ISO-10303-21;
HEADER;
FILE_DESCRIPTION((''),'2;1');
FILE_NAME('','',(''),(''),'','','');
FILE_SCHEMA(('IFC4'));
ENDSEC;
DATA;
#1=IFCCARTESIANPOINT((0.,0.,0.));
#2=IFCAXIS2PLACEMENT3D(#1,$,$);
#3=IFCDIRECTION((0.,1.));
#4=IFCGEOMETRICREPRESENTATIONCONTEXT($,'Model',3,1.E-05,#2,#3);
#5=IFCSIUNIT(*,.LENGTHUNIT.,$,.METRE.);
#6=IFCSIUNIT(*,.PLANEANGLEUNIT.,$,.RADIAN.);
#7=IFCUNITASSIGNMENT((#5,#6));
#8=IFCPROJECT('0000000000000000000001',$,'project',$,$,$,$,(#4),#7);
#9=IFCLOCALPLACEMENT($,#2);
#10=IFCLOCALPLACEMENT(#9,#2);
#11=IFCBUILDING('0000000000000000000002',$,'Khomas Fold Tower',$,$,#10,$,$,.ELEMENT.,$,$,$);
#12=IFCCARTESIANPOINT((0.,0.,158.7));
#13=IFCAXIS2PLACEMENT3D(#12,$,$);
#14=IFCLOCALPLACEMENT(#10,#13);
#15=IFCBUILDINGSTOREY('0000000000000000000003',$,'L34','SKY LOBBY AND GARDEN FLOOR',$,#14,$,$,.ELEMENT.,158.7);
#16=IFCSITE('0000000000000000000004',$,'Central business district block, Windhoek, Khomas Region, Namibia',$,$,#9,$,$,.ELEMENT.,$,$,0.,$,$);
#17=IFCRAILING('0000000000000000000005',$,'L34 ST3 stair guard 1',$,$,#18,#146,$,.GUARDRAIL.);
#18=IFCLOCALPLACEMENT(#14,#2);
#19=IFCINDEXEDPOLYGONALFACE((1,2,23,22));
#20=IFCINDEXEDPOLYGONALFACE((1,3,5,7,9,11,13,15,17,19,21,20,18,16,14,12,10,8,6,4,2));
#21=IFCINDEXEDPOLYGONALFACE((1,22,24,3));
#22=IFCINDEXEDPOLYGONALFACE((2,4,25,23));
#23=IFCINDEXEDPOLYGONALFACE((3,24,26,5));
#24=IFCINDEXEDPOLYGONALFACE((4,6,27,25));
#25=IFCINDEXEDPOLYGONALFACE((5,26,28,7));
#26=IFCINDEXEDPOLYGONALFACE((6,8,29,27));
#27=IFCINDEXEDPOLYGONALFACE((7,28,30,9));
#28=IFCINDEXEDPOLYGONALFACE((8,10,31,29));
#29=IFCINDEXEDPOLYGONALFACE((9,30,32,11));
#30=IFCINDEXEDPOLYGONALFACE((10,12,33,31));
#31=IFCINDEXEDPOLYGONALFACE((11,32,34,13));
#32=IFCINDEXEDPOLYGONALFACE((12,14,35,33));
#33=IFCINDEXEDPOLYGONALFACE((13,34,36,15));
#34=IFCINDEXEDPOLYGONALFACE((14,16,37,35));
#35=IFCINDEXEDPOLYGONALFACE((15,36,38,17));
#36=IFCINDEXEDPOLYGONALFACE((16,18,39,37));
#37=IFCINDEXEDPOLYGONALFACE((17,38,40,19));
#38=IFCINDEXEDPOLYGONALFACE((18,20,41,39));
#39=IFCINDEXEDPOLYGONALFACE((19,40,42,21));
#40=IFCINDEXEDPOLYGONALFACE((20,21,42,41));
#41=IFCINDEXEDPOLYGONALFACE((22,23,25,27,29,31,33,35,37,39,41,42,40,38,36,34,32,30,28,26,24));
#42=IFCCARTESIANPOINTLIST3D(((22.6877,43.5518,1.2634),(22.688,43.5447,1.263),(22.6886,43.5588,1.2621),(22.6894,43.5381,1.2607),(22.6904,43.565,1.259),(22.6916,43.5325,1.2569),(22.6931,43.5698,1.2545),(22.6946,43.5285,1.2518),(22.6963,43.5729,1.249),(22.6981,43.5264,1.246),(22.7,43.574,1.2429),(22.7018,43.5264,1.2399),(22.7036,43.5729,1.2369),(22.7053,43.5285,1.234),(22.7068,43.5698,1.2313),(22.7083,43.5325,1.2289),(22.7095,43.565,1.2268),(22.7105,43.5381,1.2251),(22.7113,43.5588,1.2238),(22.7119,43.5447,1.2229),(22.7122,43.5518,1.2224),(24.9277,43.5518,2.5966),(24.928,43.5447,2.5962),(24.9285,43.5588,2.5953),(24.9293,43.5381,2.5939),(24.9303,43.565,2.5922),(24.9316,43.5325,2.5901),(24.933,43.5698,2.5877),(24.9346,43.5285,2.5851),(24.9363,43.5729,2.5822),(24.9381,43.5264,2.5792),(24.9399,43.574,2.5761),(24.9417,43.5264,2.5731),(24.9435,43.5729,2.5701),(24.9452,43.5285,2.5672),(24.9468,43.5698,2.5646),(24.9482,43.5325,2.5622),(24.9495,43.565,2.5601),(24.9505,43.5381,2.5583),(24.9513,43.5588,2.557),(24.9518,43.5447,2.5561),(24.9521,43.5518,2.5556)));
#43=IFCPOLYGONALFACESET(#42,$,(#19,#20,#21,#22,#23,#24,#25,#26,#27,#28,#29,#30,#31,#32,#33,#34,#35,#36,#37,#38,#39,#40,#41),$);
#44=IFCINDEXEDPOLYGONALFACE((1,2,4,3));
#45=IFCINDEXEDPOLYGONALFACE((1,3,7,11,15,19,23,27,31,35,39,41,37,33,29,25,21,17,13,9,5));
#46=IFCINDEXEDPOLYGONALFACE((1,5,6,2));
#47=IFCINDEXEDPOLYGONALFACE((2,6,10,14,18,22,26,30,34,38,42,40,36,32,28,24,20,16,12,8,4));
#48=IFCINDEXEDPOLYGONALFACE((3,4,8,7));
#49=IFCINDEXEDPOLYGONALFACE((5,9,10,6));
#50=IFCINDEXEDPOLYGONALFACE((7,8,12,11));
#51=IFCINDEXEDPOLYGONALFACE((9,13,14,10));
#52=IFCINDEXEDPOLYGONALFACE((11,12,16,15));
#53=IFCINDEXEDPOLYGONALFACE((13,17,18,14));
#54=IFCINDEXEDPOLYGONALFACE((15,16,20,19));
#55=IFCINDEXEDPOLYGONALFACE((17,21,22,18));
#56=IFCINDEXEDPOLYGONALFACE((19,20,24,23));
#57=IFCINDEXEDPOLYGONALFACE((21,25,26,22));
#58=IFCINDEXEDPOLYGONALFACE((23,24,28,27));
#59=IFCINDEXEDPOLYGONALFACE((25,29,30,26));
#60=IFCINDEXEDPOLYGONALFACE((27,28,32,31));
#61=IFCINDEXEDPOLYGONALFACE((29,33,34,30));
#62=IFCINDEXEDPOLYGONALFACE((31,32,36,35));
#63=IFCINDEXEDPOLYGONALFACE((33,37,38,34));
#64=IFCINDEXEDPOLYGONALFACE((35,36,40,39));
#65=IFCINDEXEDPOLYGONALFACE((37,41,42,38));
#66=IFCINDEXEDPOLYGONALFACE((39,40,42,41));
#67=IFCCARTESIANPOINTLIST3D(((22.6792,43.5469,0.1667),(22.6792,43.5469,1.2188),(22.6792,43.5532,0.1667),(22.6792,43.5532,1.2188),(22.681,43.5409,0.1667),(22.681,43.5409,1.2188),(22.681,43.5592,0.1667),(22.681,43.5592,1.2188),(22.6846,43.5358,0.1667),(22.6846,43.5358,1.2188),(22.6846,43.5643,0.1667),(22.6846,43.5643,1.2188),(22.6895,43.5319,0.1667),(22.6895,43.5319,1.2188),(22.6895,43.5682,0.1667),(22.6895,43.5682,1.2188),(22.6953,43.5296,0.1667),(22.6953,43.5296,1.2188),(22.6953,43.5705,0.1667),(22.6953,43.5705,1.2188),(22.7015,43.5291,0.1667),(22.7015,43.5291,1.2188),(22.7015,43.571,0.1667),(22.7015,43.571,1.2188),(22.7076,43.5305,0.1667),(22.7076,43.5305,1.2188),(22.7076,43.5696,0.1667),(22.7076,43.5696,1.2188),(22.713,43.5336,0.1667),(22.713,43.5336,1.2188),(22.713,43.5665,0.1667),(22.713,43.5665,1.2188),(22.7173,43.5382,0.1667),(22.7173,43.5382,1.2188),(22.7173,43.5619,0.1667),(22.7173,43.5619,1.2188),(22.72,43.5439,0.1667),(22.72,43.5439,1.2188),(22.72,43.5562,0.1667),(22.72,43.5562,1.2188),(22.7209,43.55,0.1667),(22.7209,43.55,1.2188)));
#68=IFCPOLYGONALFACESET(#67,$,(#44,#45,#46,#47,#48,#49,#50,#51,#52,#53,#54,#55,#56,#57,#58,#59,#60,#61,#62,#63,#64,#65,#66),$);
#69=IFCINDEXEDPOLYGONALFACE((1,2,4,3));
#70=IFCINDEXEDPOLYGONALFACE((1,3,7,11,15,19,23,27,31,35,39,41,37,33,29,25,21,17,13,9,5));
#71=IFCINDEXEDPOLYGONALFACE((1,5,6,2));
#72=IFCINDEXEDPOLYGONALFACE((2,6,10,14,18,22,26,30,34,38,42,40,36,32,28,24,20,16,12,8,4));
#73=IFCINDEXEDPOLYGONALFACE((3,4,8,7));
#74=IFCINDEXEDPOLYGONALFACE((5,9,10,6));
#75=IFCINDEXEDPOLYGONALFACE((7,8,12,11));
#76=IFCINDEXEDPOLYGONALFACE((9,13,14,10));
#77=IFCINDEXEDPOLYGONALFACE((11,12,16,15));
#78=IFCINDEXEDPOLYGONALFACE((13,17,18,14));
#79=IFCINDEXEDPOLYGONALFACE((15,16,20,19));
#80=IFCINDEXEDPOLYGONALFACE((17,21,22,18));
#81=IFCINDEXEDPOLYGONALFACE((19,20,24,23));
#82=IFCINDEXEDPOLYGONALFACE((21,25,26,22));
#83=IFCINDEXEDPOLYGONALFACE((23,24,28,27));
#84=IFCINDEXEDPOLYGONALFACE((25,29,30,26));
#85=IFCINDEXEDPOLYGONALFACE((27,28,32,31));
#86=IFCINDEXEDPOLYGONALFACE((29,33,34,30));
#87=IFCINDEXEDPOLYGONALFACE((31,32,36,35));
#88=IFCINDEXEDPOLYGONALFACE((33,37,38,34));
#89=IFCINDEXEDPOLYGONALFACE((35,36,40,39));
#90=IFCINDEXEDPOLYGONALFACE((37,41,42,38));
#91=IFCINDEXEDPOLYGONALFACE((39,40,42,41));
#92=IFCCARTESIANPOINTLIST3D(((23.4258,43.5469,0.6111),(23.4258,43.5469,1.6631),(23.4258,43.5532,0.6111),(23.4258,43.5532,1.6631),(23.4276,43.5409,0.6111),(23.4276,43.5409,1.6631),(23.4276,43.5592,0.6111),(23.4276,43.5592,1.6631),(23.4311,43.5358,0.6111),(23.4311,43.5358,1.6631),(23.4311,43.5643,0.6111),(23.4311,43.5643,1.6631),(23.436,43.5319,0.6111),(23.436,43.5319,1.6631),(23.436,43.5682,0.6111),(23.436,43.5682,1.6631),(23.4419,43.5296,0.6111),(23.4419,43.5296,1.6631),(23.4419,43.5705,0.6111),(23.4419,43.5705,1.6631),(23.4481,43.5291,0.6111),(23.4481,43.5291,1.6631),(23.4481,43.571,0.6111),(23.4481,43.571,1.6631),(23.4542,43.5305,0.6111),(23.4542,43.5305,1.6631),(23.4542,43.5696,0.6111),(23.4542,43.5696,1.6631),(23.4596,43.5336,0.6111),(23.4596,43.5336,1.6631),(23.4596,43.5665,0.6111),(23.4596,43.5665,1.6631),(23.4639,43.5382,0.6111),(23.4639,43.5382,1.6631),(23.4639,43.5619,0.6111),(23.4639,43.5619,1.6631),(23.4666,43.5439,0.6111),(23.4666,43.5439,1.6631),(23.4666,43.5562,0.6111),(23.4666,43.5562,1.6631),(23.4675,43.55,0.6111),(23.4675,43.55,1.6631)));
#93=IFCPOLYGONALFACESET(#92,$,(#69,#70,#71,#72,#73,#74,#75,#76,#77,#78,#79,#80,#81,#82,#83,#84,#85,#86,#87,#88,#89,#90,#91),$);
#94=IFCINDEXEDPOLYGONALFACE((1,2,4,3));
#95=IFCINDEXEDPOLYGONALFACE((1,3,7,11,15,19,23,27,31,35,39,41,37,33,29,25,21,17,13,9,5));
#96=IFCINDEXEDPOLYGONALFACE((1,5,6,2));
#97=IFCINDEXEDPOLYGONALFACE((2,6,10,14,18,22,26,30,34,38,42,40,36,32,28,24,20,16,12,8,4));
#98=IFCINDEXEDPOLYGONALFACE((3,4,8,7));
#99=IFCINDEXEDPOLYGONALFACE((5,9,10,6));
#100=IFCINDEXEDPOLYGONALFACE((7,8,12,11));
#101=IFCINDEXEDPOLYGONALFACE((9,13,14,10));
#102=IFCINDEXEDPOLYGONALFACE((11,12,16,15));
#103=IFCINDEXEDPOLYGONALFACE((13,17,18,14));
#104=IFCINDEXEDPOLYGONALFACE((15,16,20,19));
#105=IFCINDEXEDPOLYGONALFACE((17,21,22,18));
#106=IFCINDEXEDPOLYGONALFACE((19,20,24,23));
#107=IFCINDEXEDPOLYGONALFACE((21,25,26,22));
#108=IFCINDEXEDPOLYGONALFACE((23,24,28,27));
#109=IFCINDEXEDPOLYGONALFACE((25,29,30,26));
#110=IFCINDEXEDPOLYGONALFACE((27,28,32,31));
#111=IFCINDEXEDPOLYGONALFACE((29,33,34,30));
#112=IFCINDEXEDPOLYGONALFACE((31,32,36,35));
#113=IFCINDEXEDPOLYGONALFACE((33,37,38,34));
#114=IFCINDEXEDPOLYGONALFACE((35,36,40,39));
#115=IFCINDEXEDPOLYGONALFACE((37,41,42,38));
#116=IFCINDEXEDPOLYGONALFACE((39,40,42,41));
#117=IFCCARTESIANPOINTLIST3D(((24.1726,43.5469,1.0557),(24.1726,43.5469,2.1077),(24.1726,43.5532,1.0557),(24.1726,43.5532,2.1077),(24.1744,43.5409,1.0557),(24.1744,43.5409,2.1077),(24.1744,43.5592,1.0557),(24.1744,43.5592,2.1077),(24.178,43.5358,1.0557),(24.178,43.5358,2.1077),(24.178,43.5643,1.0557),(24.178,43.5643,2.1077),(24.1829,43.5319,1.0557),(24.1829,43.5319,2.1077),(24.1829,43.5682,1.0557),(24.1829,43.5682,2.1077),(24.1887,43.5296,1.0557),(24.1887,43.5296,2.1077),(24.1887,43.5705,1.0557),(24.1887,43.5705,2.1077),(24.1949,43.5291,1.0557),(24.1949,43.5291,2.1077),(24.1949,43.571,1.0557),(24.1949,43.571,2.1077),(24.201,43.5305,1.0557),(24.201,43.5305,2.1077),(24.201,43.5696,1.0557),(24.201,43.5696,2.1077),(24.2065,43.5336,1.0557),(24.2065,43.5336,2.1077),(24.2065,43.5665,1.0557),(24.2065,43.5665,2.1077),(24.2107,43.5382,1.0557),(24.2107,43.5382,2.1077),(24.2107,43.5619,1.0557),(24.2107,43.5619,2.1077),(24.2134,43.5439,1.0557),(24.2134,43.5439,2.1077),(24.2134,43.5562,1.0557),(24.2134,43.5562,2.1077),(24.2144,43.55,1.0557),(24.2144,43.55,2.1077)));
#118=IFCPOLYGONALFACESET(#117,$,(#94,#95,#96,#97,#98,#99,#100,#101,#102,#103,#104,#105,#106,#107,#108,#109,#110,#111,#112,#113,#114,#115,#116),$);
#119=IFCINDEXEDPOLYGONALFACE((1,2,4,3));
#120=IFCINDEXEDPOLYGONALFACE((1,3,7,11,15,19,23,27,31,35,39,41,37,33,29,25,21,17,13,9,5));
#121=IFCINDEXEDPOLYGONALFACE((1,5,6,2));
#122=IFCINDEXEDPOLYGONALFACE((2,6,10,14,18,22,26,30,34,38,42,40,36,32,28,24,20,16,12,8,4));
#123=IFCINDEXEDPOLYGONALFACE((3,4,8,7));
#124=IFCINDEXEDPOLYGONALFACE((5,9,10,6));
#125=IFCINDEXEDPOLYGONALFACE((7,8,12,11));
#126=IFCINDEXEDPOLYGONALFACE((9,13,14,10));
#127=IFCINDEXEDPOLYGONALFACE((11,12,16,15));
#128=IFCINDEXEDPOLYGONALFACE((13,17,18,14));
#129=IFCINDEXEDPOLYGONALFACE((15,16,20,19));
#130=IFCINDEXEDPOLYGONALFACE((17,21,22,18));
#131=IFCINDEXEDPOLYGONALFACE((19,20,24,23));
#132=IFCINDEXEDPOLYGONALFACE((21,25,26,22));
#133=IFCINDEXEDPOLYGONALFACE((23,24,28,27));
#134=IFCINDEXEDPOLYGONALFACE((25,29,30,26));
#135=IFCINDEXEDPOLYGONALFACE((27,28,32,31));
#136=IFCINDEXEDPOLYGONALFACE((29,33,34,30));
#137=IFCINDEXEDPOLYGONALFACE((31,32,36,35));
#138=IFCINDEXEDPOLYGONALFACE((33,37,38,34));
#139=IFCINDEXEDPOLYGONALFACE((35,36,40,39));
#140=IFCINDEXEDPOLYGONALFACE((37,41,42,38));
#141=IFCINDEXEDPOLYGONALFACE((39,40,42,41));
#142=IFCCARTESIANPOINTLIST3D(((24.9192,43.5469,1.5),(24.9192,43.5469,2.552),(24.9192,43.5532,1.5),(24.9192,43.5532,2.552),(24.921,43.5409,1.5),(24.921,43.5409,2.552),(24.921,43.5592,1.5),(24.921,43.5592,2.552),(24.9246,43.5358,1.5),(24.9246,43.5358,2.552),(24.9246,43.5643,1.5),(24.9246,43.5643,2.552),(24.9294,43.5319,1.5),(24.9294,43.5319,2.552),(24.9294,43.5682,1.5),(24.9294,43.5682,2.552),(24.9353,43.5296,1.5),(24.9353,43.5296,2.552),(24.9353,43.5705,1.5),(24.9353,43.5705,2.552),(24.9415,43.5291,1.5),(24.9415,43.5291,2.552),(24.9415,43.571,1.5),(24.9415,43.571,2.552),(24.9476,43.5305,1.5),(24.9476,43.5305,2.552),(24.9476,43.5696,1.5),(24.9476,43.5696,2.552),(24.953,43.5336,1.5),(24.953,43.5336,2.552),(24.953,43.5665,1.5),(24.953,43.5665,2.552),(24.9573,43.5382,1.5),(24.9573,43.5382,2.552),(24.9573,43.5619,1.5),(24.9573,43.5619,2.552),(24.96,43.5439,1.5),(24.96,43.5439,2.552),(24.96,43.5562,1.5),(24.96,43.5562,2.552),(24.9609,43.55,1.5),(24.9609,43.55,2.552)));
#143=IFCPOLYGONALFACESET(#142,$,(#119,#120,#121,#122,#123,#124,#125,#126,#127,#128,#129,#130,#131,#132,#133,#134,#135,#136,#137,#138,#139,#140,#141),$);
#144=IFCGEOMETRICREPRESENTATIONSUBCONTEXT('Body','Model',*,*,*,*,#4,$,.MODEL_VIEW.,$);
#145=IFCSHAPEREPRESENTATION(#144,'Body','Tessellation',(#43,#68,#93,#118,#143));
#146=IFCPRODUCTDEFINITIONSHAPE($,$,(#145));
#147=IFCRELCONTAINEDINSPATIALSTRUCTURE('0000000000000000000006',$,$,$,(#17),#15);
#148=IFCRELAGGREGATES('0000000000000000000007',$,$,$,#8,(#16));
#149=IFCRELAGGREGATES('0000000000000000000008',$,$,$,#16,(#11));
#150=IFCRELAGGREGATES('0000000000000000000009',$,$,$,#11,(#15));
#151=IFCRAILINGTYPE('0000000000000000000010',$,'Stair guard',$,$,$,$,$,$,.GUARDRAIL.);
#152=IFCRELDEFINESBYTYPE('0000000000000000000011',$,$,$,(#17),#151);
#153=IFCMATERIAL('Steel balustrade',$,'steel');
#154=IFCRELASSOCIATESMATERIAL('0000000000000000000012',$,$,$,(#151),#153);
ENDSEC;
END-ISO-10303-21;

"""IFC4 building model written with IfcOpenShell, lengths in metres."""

from ifc_helpers import new_model, si_unit, direction, frame, origin, origin_2d, place, context, subcontext, project, spatial, circle, extrude, source, transform, mapped, material, type_object, element, save


model = new_model("IFC4")

# Units and contexts
model_context = context("Model", 3, precision=1e-05, world=origin(), true_north=direction((0.0, 1.0)))
body_context = subcontext(model_context, "Body", "Model", "MODEL_VIEW")
ifc_project = project(units=[si_unit("LENGTHUNIT", "METRE"), si_unit("PLANEANGLEUNIT", "RADIAN")], contexts=[model_context])

# Site, building, storey
site_placement = place(None, origin())
site = spatial("IfcSite", under=ifc_project, at=site_placement, Name="Central business district block, Windhoek, Khomas Region, Namibia", CompositionType="ELEMENT", RefElevation=0.0)
building_placement = place(site_placement, origin())
building = spatial("IfcBuilding", under=site, at=building_placement, Name="Khomas Fold Tower", CompositionType="ELEMENT")
storey_placement = place(building_placement, frame((0.0, 0.0, 158.7)))
storey = spatial("IfcBuildingStorey", under=building, at=storey_placement, Name="L34", Description="SKY LOBBY AND GARDEN FLOOR", CompositionType="ELEMENT", Elevation=158.7)

# Railing
ifc_material_1 = material(Name="Steel balustrade", Category="steel")
railing_type_1 = type_object("IfcRailingType", Name="Stair guard", PredefinedType="GUARDRAIL", material=ifc_material_1)
shared_shape_1 = source(origin(), body_context, "Body", "SweptSolid", [
    extrude(circle(Radius=0.0239, at=origin_2d()), frame((0.0, 0.0, 1.0762), z_axis=(0.859306, 0.0, 0.511462), x_axis=(0.0, 1.0, 0.0)), (0.0, 0.0, 1.0), 2.6067),
    extrude(circle(Radius=0.021, at=origin_2d()), origin(), (0.0, 0.0, 1.0), 1.052),
    extrude(circle(Radius=0.021, at=origin_2d()), frame((0.7466, 0.0, 0.4443)), (0.0, 0.0, 1.0), 1.052),
    extrude(circle(Radius=0.021, at=origin_2d()), frame((1.4934, 0.0, 0.8889)), (0.0, 0.0, 1.0), 1.052),
    extrude(circle(Radius=0.021, at=origin_2d()), frame((2.24, 0.0, 1.3333)), (0.0, 0.0, 1.0), 1.052),
])
for number, where, name in (
    (1, (22.7, 43.55, 0.1667), "L34 ST3 stair guard 1"),
):
    element("IfcRailing", number, at=place(storey_placement, frame(where)), inside=storey, type_object=railing_type_1, Name=name, PredefinedType="GUARDRAIL", context=body_context, shape_type="MappedRepresentation", body=[
        mapped(shared_shape_1, transform((0.0, 0.0, 0.0))),
    ])

save(model, "model.ifc")
